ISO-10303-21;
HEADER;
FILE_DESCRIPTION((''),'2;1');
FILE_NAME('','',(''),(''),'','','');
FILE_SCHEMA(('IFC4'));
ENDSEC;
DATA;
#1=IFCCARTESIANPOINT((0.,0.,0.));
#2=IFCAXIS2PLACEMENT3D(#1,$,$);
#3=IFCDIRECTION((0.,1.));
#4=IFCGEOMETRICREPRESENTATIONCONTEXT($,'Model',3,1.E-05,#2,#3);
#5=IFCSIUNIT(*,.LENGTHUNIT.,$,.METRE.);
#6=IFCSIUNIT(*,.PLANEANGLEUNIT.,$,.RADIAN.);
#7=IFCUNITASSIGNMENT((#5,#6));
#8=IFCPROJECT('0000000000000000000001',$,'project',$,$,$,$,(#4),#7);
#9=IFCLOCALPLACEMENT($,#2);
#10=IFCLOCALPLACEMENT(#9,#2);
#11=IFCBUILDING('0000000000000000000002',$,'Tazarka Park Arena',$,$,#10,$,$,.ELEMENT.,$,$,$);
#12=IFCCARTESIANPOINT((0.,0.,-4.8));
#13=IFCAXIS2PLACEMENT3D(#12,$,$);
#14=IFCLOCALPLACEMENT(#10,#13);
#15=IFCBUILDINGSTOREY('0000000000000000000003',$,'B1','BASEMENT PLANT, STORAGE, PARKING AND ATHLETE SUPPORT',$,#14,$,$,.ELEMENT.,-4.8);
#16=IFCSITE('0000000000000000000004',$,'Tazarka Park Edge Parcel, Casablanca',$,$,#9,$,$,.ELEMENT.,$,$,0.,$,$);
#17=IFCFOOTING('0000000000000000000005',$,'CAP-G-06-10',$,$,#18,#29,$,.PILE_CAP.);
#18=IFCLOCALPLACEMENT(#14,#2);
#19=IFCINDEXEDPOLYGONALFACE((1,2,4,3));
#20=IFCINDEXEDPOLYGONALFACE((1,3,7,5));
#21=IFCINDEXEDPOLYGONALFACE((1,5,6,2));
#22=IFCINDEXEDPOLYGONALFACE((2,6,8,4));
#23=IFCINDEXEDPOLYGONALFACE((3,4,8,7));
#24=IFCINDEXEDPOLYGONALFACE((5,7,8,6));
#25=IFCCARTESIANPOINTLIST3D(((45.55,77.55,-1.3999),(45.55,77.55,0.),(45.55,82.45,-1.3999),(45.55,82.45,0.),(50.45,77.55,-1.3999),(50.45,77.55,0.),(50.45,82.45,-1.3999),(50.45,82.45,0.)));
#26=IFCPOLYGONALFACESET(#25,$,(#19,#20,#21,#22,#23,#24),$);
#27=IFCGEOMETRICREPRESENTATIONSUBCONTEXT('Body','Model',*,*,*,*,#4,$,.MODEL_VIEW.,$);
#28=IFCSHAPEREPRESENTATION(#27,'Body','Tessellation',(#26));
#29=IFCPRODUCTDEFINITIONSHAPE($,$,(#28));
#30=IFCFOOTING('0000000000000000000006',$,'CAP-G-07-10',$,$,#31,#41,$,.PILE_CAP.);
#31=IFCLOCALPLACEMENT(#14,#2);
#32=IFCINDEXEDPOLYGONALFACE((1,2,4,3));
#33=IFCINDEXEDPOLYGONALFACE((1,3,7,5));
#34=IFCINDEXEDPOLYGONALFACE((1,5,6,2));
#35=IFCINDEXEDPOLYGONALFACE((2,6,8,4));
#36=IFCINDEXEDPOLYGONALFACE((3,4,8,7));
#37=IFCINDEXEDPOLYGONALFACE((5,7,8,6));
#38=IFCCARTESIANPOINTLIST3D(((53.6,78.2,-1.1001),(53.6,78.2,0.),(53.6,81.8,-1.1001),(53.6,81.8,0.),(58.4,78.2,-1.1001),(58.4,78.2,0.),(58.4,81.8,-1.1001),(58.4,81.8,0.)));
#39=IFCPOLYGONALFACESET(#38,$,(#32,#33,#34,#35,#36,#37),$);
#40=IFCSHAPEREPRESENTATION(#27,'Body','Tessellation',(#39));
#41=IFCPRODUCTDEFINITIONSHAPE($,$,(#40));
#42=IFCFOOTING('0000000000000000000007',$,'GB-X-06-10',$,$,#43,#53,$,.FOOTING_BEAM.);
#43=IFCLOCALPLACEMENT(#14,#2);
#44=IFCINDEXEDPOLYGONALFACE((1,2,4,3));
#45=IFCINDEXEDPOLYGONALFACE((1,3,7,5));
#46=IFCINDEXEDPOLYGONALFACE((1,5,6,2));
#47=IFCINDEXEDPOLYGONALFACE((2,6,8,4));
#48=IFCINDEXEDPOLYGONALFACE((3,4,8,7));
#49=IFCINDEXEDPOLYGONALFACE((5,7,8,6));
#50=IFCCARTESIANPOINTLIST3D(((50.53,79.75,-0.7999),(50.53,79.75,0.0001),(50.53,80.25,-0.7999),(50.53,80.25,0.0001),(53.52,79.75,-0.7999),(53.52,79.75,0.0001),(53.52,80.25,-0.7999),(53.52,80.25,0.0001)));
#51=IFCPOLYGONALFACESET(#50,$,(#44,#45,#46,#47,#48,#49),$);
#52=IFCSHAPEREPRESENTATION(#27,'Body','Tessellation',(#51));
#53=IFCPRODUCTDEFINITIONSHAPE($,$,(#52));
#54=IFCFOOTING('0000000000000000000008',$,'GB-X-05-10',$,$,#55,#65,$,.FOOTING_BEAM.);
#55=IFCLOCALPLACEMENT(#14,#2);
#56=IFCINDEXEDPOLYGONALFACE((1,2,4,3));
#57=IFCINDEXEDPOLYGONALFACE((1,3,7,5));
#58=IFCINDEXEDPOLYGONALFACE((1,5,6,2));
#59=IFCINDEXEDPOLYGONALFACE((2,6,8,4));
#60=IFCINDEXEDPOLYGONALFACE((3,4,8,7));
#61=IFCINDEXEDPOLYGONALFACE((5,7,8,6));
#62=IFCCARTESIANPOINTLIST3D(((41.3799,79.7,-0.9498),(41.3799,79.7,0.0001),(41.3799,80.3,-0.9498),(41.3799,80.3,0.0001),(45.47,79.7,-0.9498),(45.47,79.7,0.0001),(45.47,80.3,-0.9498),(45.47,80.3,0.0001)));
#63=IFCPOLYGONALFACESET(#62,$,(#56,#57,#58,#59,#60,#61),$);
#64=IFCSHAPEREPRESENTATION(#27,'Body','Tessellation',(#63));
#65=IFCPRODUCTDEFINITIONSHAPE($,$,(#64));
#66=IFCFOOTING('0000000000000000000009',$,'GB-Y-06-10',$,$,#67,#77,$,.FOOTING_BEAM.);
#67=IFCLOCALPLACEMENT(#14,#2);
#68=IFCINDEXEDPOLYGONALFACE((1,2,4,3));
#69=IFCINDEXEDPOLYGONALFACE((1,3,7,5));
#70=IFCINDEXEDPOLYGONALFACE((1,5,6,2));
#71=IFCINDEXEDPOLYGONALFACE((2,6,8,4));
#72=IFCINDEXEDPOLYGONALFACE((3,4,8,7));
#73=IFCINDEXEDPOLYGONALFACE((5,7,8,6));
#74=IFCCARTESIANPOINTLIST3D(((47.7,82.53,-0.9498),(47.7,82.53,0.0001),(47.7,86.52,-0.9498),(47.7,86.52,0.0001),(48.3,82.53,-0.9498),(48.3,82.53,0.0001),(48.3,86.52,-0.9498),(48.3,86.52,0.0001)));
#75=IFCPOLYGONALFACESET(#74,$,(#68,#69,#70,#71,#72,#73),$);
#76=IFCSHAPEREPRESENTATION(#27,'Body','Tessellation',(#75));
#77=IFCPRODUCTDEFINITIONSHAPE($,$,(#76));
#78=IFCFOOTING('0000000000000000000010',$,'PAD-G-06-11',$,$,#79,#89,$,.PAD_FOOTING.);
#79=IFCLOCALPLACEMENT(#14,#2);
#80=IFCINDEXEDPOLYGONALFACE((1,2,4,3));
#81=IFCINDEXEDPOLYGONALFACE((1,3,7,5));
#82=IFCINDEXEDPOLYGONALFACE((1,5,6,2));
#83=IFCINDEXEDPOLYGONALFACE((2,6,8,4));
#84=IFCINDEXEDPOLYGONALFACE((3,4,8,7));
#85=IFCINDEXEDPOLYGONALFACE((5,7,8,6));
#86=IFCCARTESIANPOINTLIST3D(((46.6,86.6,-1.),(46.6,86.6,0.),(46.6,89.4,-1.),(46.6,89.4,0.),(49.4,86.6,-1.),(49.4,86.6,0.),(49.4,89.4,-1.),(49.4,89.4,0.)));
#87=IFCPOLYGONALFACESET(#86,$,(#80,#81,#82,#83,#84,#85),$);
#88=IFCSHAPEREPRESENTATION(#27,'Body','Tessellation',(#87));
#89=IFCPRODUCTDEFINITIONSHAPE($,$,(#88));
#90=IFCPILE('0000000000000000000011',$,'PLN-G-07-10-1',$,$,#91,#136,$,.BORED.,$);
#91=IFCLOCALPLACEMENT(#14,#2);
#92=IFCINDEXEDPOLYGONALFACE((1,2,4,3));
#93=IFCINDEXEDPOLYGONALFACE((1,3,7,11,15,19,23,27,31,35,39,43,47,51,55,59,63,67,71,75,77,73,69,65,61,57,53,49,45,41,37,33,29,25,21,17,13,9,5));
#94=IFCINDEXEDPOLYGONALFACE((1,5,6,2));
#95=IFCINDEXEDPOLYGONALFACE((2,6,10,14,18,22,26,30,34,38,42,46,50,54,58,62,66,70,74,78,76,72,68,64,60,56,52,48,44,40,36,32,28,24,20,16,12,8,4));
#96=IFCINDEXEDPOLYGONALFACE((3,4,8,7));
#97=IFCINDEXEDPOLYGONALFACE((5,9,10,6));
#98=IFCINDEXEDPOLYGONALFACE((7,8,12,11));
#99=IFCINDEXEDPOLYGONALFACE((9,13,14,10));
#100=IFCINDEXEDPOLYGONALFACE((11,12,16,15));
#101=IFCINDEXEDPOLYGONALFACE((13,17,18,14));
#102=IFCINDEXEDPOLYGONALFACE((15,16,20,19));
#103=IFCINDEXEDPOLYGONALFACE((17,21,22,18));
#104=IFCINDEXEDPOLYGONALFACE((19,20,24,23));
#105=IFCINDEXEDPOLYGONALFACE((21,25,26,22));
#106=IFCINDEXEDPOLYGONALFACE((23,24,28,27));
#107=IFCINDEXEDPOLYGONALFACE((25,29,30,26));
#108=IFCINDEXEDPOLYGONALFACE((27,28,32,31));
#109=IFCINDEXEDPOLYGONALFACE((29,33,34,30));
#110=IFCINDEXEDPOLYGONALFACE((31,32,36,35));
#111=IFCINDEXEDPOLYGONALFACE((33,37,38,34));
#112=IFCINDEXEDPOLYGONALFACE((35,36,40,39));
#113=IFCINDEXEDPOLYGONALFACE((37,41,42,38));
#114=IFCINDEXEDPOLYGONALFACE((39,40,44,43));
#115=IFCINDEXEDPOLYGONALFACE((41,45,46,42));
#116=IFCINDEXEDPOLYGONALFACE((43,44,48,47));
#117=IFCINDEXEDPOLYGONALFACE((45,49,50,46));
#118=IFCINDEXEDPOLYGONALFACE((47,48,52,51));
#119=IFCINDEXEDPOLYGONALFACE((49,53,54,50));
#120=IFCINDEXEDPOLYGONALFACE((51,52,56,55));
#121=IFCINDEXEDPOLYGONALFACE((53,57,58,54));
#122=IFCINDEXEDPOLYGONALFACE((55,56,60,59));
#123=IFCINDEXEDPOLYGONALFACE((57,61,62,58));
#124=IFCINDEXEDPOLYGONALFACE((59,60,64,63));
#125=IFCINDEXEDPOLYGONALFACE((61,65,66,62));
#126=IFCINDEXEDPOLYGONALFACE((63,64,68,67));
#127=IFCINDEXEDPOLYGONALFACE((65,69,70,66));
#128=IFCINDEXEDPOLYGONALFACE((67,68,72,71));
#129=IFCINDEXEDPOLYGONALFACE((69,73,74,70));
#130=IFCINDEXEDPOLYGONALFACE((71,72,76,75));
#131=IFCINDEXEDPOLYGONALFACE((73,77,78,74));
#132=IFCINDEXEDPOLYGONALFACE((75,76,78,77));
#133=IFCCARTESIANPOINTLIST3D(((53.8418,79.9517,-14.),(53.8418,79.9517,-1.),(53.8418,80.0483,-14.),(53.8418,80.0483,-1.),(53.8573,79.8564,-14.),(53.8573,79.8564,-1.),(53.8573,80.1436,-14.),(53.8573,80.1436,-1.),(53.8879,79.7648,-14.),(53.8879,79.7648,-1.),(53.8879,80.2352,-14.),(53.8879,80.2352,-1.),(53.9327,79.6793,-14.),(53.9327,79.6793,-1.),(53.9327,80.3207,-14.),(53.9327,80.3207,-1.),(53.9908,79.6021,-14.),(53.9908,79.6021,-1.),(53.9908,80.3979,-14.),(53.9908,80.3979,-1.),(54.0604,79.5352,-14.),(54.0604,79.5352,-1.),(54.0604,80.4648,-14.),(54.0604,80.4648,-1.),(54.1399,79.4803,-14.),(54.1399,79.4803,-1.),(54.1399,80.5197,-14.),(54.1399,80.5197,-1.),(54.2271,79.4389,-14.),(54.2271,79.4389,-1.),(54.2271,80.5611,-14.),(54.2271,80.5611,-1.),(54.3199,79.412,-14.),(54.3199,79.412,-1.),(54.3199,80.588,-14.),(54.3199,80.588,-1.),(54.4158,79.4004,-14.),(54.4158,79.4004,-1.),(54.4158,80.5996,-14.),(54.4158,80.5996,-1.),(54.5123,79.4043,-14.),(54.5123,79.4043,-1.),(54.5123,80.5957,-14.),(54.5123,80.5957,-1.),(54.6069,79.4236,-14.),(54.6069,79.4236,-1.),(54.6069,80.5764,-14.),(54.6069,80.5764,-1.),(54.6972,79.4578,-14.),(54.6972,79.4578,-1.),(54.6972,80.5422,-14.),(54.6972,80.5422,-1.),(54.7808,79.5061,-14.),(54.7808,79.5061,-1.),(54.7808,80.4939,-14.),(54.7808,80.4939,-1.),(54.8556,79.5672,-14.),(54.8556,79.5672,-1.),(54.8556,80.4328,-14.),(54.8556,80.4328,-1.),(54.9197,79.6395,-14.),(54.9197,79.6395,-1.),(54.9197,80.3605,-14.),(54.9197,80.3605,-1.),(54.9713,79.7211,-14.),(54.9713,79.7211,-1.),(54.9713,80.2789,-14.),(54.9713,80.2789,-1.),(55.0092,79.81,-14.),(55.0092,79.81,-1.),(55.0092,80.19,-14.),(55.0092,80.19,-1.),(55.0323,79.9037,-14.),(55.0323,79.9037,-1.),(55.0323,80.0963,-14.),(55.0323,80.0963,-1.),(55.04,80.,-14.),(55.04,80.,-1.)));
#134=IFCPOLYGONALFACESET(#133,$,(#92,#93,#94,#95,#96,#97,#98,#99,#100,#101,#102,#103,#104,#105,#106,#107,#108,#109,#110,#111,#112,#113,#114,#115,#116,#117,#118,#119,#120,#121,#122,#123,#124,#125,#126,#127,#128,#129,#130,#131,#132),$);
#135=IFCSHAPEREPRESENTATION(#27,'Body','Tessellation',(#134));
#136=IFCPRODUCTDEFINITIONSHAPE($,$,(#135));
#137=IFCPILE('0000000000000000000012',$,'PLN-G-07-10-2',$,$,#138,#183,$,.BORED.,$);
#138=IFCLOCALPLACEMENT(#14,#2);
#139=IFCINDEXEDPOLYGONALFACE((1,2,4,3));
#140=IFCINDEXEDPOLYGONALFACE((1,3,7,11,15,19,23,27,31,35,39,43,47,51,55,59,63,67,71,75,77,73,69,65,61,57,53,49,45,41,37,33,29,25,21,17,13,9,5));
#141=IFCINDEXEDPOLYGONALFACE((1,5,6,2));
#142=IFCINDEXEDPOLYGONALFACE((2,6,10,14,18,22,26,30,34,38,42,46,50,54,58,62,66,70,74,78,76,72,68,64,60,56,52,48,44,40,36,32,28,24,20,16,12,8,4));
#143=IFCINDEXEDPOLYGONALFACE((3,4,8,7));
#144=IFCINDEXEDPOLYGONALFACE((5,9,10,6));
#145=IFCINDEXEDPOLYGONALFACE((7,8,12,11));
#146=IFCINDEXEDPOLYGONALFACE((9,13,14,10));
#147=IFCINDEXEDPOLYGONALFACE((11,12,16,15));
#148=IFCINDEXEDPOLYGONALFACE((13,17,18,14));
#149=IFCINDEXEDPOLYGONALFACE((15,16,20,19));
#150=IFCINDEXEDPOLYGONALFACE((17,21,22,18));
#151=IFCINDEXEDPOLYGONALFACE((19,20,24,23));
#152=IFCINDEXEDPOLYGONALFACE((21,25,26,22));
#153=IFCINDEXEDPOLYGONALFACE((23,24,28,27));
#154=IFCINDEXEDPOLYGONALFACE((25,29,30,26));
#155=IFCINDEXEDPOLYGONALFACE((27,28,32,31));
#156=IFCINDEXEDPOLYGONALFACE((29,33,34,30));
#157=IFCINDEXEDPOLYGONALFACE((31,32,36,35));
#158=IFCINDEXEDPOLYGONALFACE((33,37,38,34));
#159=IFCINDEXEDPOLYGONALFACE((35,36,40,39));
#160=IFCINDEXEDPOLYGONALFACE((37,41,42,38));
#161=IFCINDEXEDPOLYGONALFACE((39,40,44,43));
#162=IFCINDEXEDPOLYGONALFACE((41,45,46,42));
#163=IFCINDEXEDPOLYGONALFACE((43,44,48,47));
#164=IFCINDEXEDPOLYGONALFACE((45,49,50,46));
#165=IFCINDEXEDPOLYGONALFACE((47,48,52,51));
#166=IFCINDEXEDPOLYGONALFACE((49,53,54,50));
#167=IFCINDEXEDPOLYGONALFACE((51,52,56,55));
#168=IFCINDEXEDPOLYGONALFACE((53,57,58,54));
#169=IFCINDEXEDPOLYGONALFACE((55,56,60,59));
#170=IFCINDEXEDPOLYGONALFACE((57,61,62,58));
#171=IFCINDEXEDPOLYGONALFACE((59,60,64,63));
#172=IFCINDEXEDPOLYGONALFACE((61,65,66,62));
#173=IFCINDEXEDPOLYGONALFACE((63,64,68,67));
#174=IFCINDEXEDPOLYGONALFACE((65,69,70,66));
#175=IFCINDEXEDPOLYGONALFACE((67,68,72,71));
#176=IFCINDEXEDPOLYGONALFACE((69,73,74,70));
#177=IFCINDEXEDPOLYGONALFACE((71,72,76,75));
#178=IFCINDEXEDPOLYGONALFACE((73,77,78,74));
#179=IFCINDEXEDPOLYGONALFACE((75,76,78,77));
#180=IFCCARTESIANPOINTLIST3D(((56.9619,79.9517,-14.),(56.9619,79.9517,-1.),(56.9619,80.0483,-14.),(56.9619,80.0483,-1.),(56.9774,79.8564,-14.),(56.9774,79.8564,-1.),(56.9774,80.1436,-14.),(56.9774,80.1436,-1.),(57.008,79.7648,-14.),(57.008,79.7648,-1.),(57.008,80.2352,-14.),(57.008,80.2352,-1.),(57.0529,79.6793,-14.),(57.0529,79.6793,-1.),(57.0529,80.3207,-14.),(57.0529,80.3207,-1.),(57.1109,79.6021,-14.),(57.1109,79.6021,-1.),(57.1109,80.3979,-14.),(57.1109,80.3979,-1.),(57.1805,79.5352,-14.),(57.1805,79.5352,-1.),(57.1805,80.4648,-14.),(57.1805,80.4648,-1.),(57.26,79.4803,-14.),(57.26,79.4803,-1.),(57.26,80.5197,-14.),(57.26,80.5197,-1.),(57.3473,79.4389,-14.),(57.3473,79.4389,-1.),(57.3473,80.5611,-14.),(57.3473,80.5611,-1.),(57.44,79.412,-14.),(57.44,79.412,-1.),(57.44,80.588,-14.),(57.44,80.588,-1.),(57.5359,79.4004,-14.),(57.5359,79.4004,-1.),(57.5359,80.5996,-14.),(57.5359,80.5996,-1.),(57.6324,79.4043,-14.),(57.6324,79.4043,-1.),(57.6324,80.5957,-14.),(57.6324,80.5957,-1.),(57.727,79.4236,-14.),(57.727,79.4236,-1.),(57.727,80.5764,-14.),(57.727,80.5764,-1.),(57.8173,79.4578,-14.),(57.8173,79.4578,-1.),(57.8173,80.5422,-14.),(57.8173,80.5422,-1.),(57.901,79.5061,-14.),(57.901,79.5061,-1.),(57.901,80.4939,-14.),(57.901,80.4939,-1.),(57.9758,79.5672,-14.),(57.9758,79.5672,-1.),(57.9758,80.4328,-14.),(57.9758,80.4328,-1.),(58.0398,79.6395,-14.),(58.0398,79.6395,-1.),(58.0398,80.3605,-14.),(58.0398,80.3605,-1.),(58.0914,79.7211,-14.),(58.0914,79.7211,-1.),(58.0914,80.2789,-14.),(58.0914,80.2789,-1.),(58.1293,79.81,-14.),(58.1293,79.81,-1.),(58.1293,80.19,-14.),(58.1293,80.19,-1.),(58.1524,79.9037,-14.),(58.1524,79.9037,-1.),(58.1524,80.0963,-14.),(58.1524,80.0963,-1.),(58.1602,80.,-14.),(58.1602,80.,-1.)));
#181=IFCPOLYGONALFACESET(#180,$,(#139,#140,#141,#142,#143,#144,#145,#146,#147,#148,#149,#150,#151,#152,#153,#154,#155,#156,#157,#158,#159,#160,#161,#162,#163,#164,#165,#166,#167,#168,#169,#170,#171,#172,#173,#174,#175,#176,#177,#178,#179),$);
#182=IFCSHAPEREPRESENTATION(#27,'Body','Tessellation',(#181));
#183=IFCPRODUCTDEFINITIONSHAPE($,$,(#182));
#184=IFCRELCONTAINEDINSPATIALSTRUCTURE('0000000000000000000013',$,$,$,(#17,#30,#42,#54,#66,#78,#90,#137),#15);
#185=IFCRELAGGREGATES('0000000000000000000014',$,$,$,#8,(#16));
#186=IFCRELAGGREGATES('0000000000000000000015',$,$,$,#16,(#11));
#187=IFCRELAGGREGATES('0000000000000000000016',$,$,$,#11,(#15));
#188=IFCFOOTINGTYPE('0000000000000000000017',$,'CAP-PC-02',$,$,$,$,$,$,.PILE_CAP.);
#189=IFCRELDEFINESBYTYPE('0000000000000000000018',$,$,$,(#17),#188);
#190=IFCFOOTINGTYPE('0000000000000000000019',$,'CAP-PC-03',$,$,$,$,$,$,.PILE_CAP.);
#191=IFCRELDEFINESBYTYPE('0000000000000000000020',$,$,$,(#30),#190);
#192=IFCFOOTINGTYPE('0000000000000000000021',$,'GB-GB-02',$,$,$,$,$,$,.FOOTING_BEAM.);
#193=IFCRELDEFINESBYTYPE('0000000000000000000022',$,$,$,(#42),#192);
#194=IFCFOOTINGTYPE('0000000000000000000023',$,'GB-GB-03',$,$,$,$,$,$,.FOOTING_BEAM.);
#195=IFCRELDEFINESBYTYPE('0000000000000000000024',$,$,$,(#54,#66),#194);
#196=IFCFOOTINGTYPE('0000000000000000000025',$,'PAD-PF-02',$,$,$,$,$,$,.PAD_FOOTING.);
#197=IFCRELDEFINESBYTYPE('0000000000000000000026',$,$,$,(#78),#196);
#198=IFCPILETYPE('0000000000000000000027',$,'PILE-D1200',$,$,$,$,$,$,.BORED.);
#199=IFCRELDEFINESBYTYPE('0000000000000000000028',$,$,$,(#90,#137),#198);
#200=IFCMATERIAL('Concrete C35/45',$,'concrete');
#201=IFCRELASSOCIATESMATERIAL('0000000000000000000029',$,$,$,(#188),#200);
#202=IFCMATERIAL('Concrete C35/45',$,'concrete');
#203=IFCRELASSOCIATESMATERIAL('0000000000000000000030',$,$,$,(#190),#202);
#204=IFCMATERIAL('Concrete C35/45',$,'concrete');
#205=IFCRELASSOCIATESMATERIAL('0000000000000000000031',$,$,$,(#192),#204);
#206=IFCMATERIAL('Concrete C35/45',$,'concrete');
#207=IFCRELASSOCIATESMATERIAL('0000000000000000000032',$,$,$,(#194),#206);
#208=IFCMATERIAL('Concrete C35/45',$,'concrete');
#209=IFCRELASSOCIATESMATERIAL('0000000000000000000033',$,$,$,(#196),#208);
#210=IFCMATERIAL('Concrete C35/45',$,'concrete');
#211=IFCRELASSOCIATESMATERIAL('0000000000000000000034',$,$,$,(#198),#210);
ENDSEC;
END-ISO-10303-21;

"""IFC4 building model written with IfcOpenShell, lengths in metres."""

from ifc_helpers import new_model, si_unit, direction, frame, origin, origin_2d, place, context, subcontext, project, spatial, rectangle, circle, extrude, material, material_profile, profile_set, type_object, element, save


model = new_model("IFC4")

# Units and contexts
model_context = context("Model", 3, precision=1e-05, world=origin(), true_north=direction((0.0, 1.0)))
body_context = subcontext(model_context, "Body", "Model", "MODEL_VIEW")
ifc_project = project(units=[si_unit("LENGTHUNIT", "METRE"), si_unit("PLANEANGLEUNIT", "RADIAN")], contexts=[model_context])

# Site, building, storey
site_placement = place(None, origin())
site = spatial("IfcSite", under=ifc_project, at=site_placement, Name="Tazarka Park Edge Parcel, Casablanca", CompositionType="ELEMENT", RefElevation=0.0)
building_placement = place(site_placement, origin())
building = spatial("IfcBuilding", under=site, at=building_placement, Name="Tazarka Park Arena", CompositionType="ELEMENT")
storey_placement = place(building_placement, frame((0.0, 0.0, -4.8)))
storey = spatial("IfcBuildingStorey", under=building, at=storey_placement, Name="B1", Description="BASEMENT PLANT, STORAGE, PARKING AND ATHLETE SUPPORT", CompositionType="ELEMENT", Elevation=-4.8)

# Footings
ifc_material_1 = material(Name="Concrete C35/45", Category="concrete")
footing_type_1 = type_object("IfcFootingType", Name="CAP-PC-02", PredefinedType="PILE_CAP", material=ifc_material_1)
footing_1_placement = place(storey_placement, frame((48.0, 80.0, -1.3999), z_axis=(0.0, 0.0, 1.0), x_axis=(1.0, 0.0, 0.0)))
element("IfcFooting", 1, at=footing_1_placement, inside=storey, type_object=footing_type_1, Name="CAP-G-06-10", PredefinedType="PILE_CAP", context=body_context, shape_type="SweptSolid", body=[
    extrude(rectangle(XDim=4.8999, YDim=4.8999, at=origin_2d()), origin(), (0.0, 0.0, 1.0), 1.3999),
])
ifc_material_2 = material(Name="Concrete C35/45", Category="concrete")
footing_type_2 = type_object("IfcFootingType", Name="CAP-PC-03", PredefinedType="PILE_CAP", material=ifc_material_2)
footing_2_placement = place(storey_placement, frame((56.0, 80.0, -1.1001), z_axis=(0.0, 0.0, 1.0), x_axis=(1.0, 0.0, 0.0)))
element("IfcFooting", 2, at=footing_2_placement, inside=storey, type_object=footing_type_2, Name="CAP-G-07-10", PredefinedType="PILE_CAP", context=body_context, shape_type="SweptSolid", body=[
    extrude(rectangle(XDim=4.8, YDim=3.6001, at=origin_2d()), origin(), (0.0, 0.0, 1.0), 1.1001),
])
ifc_material_3 = material(Name="Concrete C35/45", Category="concrete")
ifc_material_profile_1 = material_profile(ifc_material_3, rectangle(XDim=0.5, YDim=0.8, at=origin_2d()), Name="Concrete C35/45")
ifc_profile_set_1 = profile_set([ifc_material_profile_1], Name="Concrete C35/45")
footing_type_3 = type_object("IfcFootingType", Name="GB-GB-02", PredefinedType="FOOTING_BEAM", material=ifc_profile_set_1)
footing_3_placement = place(storey_placement, frame((50.53, 80.0, -0.3999), z_axis=(1.0, 0.0, 0.0), x_axis=(0.0, 1.0, 0.0)))
element("IfcFooting", 3, at=footing_3_placement, inside=storey, type_object=footing_type_3, Name="GB-X-06-10", PredefinedType="FOOTING_BEAM", context=body_context, shape_type="SweptSolid", body=[
    extrude(rectangle(XDim=0.5, YDim=0.8, at=origin_2d()), origin(), (0.0, 0.0, 1.0), 2.99),
])
ifc_material_4 = material(Name="Concrete C35/45", Category="concrete")
ifc_material_profile_2 = material_profile(ifc_material_4, rectangle(XDim=0.6001, YDim=0.95, at=origin_2d()), Name="Concrete C35/45")
ifc_profile_set_2 = profile_set([ifc_material_profile_2], Name="Concrete C35/45")
footing_type_4 = type_object("IfcFootingType", Name="GB-GB-03", PredefinedType="FOOTING_BEAM", material=ifc_profile_set_2)
footing_4_placement = place(storey_placement, frame((41.3799, 80.0, -0.4749), z_axis=(1.0, 0.0, 0.0), x_axis=(0.0, 1.0, 0.0)))
element("IfcFooting", 4, at=footing_4_placement, inside=storey, type_object=footing_type_4, Name="GB-X-05-10", PredefinedType="FOOTING_BEAM", context=body_context, shape_type="SweptSolid", body=[
    extrude(rectangle(XDim=0.6001, YDim=0.95, at=origin_2d()), origin(), (0.0, 0.0, 1.0), 4.0901),
])
footing_5_placement = place(storey_placement, frame((48.0, 82.53, -0.4749), z_axis=(0.0, 1.0, 0.0), x_axis=(-1.0, 0.0, 0.0)))
element("IfcFooting", 5, at=footing_5_placement, inside=storey, type_object=footing_type_4, Name="GB-Y-06-10", PredefinedType="FOOTING_BEAM", context=body_context, shape_type="SweptSolid", body=[
    extrude(rectangle(XDim=0.6001, YDim=0.95, at=origin_2d()), origin(), (0.0, 0.0, 1.0), 3.99),
])
ifc_material_5 = material(Name="Concrete C35/45", Category="concrete")
footing_type_5 = type_object("IfcFootingType", Name="PAD-PF-02", PredefinedType="PAD_FOOTING", material=ifc_material_5)
footing_6_placement = place(storey_placement, frame((48.0, 88.0, -1.0), z_axis=(0.0, 0.0, 1.0), x_axis=(1.0, 0.0, 0.0)))
element("IfcFooting", 6, at=footing_6_placement, inside=storey, type_object=footing_type_5, Name="PAD-G-06-11", PredefinedType="PAD_FOOTING", context=body_context, shape_type="SweptSolid", body=[
    extrude(rectangle(XDim=2.8, YDim=2.8, at=origin_2d()), origin(), (0.0, 0.0, 1.0), 1.0),
])

# Piles
ifc_material_6 = material(Name="Concrete C35/45", Category="concrete")
ifc_material_profile_3 = material_profile(ifc_material_6, circle(Radius=0.6001, at=origin_2d()), Name="Concrete C35/45")
ifc_profile_set_3 = profile_set([ifc_material_profile_3], Name="Concrete C35/45")
pile_type_1 = type_object("IfcPileType", Name="PILE-D1200", PredefinedType="BORED", material=ifc_profile_set_3)
for number, where, z_axis, x_axis, name in (
    (7, (54.4399, 80.0, -1.0), (0.0, 0.0, -1.0), (1.0, 0.0, 0.0), "PLN-G-07-10-1"),
    (8, (57.5601, 80.0, -1.0), (0.0, 0.0, -1.0), (1.0, 0.0, 0.0), "PLN-G-07-10-2"),
):
    element("IfcPile", number, at=place(storey_placement, frame(where, z_axis=z_axis, x_axis=x_axis)), inside=storey, type_object=pile_type_1, Name=name, PredefinedType="BORED", context=body_context, shape_type="SweptSolid", body=[
        extrude(circle(Radius=0.6001, at=origin_2d()), origin(), (0.0, 0.0, 1.0), 13.0),
    ])

save(model, "model.ifc")
